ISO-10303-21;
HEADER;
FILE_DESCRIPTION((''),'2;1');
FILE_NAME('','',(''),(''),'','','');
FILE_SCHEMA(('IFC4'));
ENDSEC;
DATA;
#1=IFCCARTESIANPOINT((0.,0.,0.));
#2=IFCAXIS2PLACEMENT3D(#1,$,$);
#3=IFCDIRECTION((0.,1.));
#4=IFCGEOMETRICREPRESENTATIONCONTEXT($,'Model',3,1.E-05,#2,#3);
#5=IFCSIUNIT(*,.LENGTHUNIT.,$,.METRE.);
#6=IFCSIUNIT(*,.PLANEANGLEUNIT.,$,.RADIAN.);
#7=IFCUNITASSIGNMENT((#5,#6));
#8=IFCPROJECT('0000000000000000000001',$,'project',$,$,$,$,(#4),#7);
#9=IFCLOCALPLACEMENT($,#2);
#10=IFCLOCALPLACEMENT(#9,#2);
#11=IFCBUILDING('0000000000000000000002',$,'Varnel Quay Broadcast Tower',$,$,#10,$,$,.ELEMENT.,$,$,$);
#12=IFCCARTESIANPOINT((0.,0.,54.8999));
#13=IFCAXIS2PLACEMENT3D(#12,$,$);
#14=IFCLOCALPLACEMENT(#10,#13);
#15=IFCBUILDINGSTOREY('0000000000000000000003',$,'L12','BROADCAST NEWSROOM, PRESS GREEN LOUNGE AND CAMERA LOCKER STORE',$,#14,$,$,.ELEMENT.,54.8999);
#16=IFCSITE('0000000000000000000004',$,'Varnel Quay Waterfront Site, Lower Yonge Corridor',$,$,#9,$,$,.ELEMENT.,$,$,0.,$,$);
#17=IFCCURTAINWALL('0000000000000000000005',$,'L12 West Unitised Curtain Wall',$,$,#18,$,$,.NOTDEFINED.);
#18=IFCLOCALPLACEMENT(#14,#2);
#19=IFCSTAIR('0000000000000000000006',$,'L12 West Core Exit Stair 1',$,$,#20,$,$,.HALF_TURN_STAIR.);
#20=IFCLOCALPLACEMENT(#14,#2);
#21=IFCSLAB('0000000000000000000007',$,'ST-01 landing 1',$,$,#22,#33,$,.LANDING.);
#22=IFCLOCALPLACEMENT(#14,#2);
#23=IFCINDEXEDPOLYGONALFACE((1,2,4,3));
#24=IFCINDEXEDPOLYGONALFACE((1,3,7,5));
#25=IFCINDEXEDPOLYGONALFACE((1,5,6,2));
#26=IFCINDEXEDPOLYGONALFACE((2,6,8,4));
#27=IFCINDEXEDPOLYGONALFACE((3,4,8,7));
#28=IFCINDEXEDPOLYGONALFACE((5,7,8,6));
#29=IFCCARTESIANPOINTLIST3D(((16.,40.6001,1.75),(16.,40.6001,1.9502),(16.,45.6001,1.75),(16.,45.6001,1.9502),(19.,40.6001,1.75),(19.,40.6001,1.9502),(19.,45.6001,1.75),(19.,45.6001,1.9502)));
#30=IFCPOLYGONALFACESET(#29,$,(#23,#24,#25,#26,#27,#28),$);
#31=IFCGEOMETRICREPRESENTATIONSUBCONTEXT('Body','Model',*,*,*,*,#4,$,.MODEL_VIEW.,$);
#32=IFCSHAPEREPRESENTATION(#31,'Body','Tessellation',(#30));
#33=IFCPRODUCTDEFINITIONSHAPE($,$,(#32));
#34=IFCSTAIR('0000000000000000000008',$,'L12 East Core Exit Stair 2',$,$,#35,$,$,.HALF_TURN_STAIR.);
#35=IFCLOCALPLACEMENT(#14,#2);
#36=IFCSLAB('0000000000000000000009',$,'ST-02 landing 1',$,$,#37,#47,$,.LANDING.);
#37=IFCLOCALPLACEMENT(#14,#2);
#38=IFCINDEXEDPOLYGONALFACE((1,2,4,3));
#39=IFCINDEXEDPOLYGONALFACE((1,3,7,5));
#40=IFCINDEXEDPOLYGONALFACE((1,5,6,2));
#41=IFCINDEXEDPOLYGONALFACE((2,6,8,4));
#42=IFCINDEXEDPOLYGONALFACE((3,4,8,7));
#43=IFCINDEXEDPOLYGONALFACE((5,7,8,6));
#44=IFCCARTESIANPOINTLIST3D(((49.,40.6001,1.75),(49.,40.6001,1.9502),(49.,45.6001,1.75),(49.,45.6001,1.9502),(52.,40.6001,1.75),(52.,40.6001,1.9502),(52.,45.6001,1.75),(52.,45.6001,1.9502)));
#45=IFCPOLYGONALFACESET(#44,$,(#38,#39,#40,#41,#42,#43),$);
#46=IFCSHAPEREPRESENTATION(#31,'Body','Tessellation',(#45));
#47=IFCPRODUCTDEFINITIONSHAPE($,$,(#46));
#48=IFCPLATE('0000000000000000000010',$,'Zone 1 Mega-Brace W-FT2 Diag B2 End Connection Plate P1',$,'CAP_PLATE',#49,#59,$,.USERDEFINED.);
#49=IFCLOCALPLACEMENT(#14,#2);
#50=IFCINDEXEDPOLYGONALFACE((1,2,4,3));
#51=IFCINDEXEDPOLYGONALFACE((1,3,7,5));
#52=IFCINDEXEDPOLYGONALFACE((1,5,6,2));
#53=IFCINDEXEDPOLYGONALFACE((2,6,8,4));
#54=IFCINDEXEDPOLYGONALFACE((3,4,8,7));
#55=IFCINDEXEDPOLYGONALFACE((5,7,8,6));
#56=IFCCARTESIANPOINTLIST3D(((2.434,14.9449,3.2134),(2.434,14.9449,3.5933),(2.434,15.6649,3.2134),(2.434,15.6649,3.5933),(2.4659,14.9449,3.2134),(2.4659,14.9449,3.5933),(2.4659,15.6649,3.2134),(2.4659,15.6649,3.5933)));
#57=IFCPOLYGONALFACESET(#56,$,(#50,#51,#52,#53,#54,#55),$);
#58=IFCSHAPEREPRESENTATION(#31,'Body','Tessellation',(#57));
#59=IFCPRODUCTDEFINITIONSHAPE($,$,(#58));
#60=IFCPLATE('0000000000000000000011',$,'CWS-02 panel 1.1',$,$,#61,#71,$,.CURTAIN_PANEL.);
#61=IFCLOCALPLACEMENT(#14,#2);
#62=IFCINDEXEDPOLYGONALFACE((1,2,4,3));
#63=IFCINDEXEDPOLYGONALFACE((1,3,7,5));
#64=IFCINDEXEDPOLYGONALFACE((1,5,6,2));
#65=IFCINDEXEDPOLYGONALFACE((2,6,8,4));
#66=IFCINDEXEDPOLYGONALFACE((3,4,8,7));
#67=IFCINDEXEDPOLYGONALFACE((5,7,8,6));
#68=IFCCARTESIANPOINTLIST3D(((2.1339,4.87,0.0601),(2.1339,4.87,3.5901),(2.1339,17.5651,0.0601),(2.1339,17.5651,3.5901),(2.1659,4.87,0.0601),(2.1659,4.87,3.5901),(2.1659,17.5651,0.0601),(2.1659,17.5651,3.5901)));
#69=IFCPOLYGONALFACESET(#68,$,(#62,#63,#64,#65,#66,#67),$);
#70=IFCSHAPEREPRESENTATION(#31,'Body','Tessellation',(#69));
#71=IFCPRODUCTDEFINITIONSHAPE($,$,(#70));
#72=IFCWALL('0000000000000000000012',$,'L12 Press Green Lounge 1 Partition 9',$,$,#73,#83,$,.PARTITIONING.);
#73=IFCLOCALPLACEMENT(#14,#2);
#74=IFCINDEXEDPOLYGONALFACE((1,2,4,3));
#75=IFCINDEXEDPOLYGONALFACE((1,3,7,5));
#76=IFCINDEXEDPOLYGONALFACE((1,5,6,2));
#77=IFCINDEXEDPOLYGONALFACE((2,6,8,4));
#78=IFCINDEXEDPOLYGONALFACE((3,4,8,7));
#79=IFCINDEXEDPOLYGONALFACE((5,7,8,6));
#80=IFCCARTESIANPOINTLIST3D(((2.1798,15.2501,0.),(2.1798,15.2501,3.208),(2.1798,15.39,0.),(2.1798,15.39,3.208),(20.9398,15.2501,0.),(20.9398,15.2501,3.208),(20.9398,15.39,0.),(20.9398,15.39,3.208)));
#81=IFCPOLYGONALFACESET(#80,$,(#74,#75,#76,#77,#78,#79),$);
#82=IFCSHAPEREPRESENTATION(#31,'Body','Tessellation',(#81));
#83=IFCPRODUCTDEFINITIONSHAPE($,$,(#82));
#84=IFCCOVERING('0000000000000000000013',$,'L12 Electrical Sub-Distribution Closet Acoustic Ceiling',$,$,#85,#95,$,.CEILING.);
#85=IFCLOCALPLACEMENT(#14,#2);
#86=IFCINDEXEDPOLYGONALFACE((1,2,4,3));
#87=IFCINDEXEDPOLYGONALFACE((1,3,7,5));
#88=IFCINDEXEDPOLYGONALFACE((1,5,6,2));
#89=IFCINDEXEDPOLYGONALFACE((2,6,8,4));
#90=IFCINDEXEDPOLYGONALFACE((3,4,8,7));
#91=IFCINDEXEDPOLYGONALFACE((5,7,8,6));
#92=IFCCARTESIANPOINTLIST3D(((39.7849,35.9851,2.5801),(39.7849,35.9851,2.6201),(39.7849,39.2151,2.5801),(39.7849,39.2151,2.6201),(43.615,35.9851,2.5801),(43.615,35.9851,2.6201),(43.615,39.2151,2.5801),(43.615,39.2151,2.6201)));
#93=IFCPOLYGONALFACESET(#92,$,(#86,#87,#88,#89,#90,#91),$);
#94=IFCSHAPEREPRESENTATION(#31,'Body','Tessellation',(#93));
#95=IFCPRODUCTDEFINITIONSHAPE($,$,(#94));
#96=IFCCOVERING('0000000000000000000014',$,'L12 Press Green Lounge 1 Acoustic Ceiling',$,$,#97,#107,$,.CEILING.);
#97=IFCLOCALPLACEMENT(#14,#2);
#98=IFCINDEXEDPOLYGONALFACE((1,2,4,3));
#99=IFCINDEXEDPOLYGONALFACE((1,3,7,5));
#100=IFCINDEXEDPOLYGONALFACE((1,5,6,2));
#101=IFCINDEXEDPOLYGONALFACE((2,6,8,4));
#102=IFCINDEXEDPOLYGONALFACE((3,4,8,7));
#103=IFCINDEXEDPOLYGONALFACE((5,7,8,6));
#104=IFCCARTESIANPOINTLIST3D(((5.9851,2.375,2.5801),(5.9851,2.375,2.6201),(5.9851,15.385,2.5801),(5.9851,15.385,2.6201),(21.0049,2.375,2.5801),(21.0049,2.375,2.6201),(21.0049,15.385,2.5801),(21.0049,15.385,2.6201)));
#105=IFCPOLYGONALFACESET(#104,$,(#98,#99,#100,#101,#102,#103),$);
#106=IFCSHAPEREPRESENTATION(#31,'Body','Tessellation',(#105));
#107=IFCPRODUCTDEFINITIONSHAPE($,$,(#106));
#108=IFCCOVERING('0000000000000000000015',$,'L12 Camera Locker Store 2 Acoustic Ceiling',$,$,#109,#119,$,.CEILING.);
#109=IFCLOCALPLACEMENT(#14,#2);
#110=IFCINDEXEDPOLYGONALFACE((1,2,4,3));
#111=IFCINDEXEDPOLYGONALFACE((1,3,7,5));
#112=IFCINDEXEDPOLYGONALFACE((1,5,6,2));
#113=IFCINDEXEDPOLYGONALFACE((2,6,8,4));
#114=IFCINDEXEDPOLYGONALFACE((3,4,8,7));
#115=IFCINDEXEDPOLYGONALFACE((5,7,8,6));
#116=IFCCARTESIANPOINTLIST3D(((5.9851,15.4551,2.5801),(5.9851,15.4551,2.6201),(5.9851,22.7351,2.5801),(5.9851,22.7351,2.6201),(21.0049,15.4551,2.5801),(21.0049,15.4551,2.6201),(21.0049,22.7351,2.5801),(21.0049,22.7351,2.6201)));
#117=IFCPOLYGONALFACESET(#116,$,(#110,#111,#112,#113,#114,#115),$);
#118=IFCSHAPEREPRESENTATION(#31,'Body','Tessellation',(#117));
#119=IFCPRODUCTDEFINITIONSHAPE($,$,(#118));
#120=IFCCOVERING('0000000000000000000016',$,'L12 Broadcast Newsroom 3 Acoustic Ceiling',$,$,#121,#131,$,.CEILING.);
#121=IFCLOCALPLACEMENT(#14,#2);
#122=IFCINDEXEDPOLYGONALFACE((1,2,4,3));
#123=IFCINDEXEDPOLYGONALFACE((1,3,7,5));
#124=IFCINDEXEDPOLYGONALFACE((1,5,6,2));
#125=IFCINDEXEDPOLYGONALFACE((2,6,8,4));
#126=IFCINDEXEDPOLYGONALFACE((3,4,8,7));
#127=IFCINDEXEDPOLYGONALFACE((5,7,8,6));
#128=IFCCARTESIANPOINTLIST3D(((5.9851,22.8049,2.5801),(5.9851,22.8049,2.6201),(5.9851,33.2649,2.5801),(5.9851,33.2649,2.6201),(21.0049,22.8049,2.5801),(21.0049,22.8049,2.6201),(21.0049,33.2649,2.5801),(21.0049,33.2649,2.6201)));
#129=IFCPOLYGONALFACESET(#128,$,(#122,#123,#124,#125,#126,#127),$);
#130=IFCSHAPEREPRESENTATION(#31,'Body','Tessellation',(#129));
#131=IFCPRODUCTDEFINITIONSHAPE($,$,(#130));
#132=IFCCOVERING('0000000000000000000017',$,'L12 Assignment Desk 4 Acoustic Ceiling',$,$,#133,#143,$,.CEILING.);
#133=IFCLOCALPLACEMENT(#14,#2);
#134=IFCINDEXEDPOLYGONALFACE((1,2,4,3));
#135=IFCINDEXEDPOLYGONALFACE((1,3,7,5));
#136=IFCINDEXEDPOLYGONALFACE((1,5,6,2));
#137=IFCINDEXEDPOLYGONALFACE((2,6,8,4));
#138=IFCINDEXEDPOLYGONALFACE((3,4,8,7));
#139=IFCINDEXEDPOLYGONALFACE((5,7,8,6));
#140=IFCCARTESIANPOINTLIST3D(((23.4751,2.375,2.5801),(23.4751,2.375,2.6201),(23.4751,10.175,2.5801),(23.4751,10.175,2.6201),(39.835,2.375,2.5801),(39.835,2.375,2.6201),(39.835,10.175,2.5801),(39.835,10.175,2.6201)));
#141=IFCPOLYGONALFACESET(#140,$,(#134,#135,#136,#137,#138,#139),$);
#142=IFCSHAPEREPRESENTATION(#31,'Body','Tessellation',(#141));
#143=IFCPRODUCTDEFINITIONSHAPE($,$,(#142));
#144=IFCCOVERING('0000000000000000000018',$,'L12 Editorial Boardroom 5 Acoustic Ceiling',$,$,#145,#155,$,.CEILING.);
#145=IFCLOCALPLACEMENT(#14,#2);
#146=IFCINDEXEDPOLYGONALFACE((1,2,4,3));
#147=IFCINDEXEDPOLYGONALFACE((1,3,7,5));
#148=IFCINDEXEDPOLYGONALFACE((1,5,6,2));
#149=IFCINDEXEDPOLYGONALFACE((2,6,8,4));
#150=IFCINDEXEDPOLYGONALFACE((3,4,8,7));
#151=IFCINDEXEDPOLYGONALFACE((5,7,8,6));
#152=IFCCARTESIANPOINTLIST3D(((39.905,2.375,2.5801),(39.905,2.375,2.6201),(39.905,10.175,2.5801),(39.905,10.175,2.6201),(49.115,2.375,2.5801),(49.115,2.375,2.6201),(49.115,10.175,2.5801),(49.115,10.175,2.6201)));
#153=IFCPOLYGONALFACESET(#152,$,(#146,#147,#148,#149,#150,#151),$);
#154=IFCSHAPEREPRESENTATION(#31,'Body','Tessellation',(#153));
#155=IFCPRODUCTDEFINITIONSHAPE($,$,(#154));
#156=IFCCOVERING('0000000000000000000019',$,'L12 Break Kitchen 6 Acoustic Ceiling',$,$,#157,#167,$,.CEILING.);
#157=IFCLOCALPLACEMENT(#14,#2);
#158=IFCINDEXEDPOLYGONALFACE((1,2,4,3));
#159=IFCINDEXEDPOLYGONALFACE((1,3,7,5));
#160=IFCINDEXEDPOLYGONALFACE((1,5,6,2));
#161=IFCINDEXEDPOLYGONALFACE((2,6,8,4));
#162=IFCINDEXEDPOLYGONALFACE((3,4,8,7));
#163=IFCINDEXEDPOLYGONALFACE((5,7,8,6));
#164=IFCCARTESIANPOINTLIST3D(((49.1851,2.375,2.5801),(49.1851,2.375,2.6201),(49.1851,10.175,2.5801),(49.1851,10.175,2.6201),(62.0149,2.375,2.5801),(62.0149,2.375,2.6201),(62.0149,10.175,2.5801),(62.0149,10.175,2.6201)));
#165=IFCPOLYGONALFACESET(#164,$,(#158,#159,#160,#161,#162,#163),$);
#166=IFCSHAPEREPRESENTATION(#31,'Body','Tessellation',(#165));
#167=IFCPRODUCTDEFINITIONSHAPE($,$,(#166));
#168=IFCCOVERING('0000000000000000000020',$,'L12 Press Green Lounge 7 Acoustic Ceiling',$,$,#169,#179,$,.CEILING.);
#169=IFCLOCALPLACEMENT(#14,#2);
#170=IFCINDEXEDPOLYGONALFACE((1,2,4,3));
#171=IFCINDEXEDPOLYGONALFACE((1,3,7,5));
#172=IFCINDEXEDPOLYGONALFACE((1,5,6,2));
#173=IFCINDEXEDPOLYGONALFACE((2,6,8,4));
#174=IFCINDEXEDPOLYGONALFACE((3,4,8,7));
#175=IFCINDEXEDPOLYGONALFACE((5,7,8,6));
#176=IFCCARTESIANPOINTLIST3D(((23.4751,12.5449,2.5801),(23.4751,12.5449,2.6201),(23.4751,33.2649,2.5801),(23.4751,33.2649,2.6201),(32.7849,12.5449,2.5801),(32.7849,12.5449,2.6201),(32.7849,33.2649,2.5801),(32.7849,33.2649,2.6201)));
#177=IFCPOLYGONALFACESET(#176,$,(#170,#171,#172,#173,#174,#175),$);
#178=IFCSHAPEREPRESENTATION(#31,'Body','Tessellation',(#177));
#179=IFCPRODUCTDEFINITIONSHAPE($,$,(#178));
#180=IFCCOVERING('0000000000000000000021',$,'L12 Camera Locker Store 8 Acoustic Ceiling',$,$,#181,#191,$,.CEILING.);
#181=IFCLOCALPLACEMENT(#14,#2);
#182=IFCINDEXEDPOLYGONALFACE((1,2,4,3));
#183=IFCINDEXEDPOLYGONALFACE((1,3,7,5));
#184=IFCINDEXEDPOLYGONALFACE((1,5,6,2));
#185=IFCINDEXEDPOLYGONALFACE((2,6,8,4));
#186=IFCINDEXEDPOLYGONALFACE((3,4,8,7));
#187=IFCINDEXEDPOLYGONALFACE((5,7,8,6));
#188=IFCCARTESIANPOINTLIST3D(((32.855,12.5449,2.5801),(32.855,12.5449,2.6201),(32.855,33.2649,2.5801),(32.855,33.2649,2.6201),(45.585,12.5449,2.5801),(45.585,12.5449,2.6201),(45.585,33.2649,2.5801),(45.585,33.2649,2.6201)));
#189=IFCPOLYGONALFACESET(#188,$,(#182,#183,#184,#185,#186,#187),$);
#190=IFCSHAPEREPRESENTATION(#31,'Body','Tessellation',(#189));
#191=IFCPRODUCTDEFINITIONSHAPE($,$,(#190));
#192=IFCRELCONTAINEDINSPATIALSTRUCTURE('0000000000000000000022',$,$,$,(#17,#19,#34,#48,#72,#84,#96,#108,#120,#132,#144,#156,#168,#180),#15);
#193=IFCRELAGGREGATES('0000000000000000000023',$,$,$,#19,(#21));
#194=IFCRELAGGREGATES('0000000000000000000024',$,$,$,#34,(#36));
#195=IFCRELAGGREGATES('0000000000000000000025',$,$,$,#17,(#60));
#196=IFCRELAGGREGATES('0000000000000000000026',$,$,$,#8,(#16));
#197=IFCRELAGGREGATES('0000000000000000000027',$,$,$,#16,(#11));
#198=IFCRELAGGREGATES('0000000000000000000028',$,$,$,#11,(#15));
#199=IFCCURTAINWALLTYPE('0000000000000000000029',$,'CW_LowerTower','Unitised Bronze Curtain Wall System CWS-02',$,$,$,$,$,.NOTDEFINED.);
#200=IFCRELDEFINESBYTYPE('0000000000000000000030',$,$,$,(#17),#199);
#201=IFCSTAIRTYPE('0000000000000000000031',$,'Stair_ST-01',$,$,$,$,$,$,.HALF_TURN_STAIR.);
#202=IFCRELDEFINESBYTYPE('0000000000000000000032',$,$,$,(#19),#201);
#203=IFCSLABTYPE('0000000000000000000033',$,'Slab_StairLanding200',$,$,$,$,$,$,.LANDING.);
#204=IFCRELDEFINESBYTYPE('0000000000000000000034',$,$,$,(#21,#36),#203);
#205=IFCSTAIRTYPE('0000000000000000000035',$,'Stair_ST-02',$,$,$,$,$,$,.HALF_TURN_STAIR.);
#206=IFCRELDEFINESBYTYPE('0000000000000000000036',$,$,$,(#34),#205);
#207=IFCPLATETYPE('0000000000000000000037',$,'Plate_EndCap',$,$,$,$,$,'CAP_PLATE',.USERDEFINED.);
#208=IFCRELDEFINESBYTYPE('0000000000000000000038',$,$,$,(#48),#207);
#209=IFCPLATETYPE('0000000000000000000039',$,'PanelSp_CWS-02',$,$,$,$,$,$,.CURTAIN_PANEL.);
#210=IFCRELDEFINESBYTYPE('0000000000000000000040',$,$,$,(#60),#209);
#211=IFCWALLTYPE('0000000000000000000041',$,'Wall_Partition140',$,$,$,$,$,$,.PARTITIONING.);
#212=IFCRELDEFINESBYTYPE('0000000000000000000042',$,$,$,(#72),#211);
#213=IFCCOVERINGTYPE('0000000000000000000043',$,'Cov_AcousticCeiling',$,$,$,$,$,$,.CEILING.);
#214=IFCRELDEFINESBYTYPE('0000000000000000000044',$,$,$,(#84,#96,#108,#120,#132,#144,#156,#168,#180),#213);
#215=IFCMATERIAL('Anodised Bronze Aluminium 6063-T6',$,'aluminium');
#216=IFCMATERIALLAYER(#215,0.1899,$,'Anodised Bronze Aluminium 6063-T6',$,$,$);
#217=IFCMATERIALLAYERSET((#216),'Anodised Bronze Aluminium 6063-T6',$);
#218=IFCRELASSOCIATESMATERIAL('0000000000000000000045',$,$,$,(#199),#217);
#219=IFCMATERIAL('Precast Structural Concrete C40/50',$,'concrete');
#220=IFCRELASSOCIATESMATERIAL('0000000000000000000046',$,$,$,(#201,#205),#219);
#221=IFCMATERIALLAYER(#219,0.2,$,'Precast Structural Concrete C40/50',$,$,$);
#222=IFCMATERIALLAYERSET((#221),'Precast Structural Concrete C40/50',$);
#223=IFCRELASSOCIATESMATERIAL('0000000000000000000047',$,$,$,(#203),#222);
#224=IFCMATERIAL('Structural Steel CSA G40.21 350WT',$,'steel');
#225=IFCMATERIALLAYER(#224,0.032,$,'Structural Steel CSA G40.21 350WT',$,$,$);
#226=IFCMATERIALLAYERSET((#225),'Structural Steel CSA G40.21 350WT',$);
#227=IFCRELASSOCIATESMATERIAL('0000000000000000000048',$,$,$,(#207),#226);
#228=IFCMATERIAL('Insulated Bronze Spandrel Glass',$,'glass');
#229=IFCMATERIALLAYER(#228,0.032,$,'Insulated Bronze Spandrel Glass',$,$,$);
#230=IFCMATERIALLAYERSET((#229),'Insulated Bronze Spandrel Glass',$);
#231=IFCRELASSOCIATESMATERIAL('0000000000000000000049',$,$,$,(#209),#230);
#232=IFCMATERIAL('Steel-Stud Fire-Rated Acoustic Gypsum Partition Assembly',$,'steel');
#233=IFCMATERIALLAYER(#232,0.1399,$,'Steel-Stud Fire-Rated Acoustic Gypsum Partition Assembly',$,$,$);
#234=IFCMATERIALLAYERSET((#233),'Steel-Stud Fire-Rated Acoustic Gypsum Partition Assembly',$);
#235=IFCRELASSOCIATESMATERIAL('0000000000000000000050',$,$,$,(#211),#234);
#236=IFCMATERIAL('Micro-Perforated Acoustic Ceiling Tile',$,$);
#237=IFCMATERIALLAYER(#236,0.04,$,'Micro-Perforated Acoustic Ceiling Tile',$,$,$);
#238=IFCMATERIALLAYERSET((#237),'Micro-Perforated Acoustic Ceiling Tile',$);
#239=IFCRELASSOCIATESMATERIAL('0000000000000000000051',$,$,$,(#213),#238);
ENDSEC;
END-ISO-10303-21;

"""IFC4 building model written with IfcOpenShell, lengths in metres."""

from ifc_helpers import new_model, si_unit, direction, frame, frame_2d, origin, origin_2d, place, context, subcontext, project, spatial, polyline, rectangle, outline, extrude, source, transform, mapped, material, layer, layer_set, type_object, type_shapes, element, aggregate, save


model = new_model("IFC4")

# Units and contexts
model_context = context("Model", 3, precision=1e-05, world=origin(), true_north=direction((0.0, 1.0)))
body_context = subcontext(model_context, "Body", "Model", "MODEL_VIEW")
ifc_project = project(units=[si_unit("LENGTHUNIT", "METRE"), si_unit("PLANEANGLEUNIT", "RADIAN")], contexts=[model_context])

# Site, building, storey
site_placement = place(None, origin())
site = spatial("IfcSite", under=ifc_project, at=site_placement, Name="Varnel Quay Waterfront Site, Lower Yonge Corridor", CompositionType="ELEMENT", RefElevation=0.0)
building_placement = place(site_placement, origin())
building = spatial("IfcBuilding", under=site, at=building_placement, Name="Varnel Quay Broadcast Tower", CompositionType="ELEMENT")
storey_placement = place(building_placement, frame((0.0, 0.0, 54.8999)))
storey = spatial("IfcBuildingStorey", under=building, at=storey_placement, Name="L12", Description="BROADCAST NEWSROOM, PRESS GREEN LOUNGE AND CAMERA LOCKER STORE", CompositionType="ELEMENT", Elevation=54.8999)

# Curtain wall
ifc_material_1 = material(Name="Anodised Bronze Aluminium 6063-T6", Category="aluminium")
ifc_layer_1 = layer(ifc_material_1, 0.1899, Name="Anodised Bronze Aluminium 6063-T6")
ifc_layer_set_1 = layer_set([ifc_layer_1], Name="Anodised Bronze Aluminium 6063-T6")
curtain_wall_type_1 = type_object("IfcCurtainWallType", Name="CW_LowerTower", Description="Unitised Bronze Curtain Wall System CWS-02", PredefinedType="NOTDEFINED", material=ifc_layer_set_1)
curtain_wall_1_placement = place(storey_placement, origin())
curtain_wall_1 = element("IfcCurtainWall", 1, at=curtain_wall_1_placement, inside=storey, type_object=curtain_wall_type_1, Name="L12 West Unitised Curtain Wall", PredefinedType="NOTDEFINED")

# Stairs, slabs
ifc_material_2 = material(Name="Precast Structural Concrete C40/50", Category="concrete")
stair_type_1 = type_object("IfcStairType", Name="Stair_ST-01", PredefinedType="HALF_TURN_STAIR", material=ifc_material_2)
stair_1_placement = place(storey_placement, origin())
stair_1 = element("IfcStair", 2, at=stair_1_placement, inside=storey, type_object=stair_type_1, Name="L12 West Core Exit Stair 1", PredefinedType="HALF_TURN_STAIR")
ifc_layer_2 = layer(ifc_material_2, 0.2, Name="Precast Structural Concrete C40/50")
ifc_layer_set_2 = layer_set([ifc_layer_2], Name="Precast Structural Concrete C40/50")
slab_type_1 = type_object("IfcSlabType", Name="Slab_StairLanding200", PredefinedType="LANDING", material=ifc_layer_set_2)
slab_1_placement = place(storey_placement, frame((0.0, 0.0, 1.75)))
slab_1 = element("IfcSlab", 3, at=slab_1_placement, type_object=slab_type_1, Name="ST-01 landing 1", PredefinedType="LANDING", context=body_context, shape_type="SweptSolid", body=[
    extrude(outline(polyline([(19.0, 40.6001), (19.0, 45.6001), (16.0, 45.6001), (16.0, 40.6001), (19.0, 40.6001)])), origin(), (0.0, 0.0, 1.0), 0.2002),
])
aggregate(stair_1, [slab_1])
stair_type_2 = type_object("IfcStairType", Name="Stair_ST-02", PredefinedType="HALF_TURN_STAIR", material=ifc_material_2)
stair_2_placement = place(storey_placement, origin())
stair_2 = element("IfcStair", 4, at=stair_2_placement, inside=storey, type_object=stair_type_2, Name="L12 East Core Exit Stair 2", PredefinedType="HALF_TURN_STAIR")
slab_2_placement = place(storey_placement, frame((0.0, 0.0, 1.75)))
slab_2 = element("IfcSlab", 5, at=slab_2_placement, type_object=slab_type_1, Name="ST-02 landing 1", PredefinedType="LANDING", context=body_context, shape_type="SweptSolid", body=[
    extrude(outline(polyline([(52.0, 40.6001), (52.0, 45.6001), (49.0, 45.6001), (49.0, 40.6001), (52.0, 40.6001)])), origin(), (0.0, 0.0, 1.0), 0.2002),
])
aggregate(stair_2, [slab_2])

# Plates
ifc_material_3 = material(Name="Structural Steel CSA G40.21 350WT", Category="steel")
ifc_layer_3 = layer(ifc_material_3, 0.032, Name="Structural Steel CSA G40.21 350WT")
ifc_layer_set_3 = layer_set([ifc_layer_3], Name="Structural Steel CSA G40.21 350WT")
plate_type_1 = type_object("IfcPlateType", Name="Plate_EndCap", ElementType="CAP_PLATE", PredefinedType="USERDEFINED", material=ifc_layer_set_3)
shared_shape_1 = source(origin(), body_context, "Body", "SweptSolid", [
    extrude(rectangle(XDim=0.72, YDim=0.032, at=origin_2d()), origin(), (0.0, 0.0, 1.0), 0.3799),
])
type_shapes(plate_type_1, [shared_shape_1])
plate_1_placement = place(storey_placement, frame((2.45, 15.3049, 3.2134), z_axis=(0.0, 0.0, 1.0), x_axis=(0.0, 1.0, 0.0)))
element("IfcPlate", 6, at=plate_1_placement, inside=storey, type_object=plate_type_1, Name="Zone 1 Mega-Brace W-FT2 Diag B2 End Connection Plate P1", ObjectType="CAP_PLATE", PredefinedType="USERDEFINED", context=body_context, shape_type="MappedRepresentation", body=[
    mapped(shared_shape_1, transform((0.0, 0.0, 0.0), x_axis=(1.0, 0.0, 0.0), y_axis=(0.0, 1.0, 0.0), z_axis=(0.0, 0.0, 1.0), scale=1.0)),
])
ifc_material_4 = material(Name="Insulated Bronze Spandrel Glass", Category="glass")
ifc_layer_4 = layer(ifc_material_4, 0.032, Name="Insulated Bronze Spandrel Glass")
ifc_layer_set_4 = layer_set([ifc_layer_4], Name="Insulated Bronze Spandrel Glass")
plate_type_2 = type_object("IfcPlateType", Name="PanelSp_CWS-02", PredefinedType="CURTAIN_PANEL", material=ifc_layer_set_4)
shared_shape_2 = source(origin(), body_context, "Body", "SweptSolid", [
    extrude(rectangle(XDim=12.6951, YDim=0.032, at=origin_2d()), origin(), (0.0, 0.0, 1.0), 3.53),
])
type_shapes(plate_type_2, [shared_shape_2])
plate_2_placement = place(storey_placement, frame((2.1499, 11.2175, 0.0601), z_axis=(0.0, 0.0, 1.0), x_axis=(0.0, 1.0, 0.0)))
plate_2 = element("IfcPlate", 7, at=plate_2_placement, type_object=plate_type_2, Name="CWS-02 panel 1.1", PredefinedType="CURTAIN_PANEL", context=body_context, shape_type="MappedRepresentation", body=[
    mapped(shared_shape_2, transform((0.0, 0.0, 0.0), x_axis=(1.0, 0.0, 0.0), y_axis=(0.0, 1.0, 0.0), z_axis=(0.0, 0.0, 1.0), scale=1.0)),
])
aggregate(curtain_wall_1, [plate_2])

# Wall
ifc_material_5 = material(Name="Steel-Stud Fire-Rated Acoustic Gypsum Partition Assembly", Category="steel")
ifc_layer_5 = layer(ifc_material_5, 0.1399, Name="Steel-Stud Fire-Rated Acoustic Gypsum Partition Assembly")
ifc_layer_set_5 = layer_set([ifc_layer_5], Name="Steel-Stud Fire-Rated Acoustic Gypsum Partition Assembly")
wall_type = type_object("IfcWallType", Name="Wall_Partition140", PredefinedType="PARTITIONING", material=ifc_layer_set_5)
wall_placement = place(storey_placement, frame((2.1799, 15.3201, 0.0), z_axis=(0.0, 0.0, 1.0), x_axis=(1.0, 0.0, 0.0)))
element("IfcWall", 8, at=wall_placement, inside=storey, type_object=wall_type, Name="L12 Press Green Lounge 1 Partition 9", PredefinedType="PARTITIONING", context=body_context, shape_type="SweptSolid", body=[
    extrude(rectangle(XDim=18.76, YDim=0.1399, at=frame_2d((9.3799, 0.0))), origin(), (0.0, 0.0, 1.0), 3.208),
])

# Coverings
ifc_material_6 = material(Name="Micro-Perforated Acoustic Ceiling Tile")
ifc_layer_6 = layer(ifc_material_6, 0.04, Name="Micro-Perforated Acoustic Ceiling Tile")
ifc_layer_set_6 = layer_set([ifc_layer_6], Name="Micro-Perforated Acoustic Ceiling Tile")
covering_type_1 = type_object("IfcCoveringType", Name="Cov_AcousticCeiling", PredefinedType="CEILING", material=ifc_layer_set_6)
covering_1_placement = place(storey_placement, frame((0.0, 0.0, 2.5801)))
element("IfcCovering", 9, at=covering_1_placement, inside=storey, type_object=covering_type_1, Name="L12 Electrical Sub-Distribution Closet Acoustic Ceiling", PredefinedType="CEILING", context=body_context, shape_type="SweptSolid", body=[
    extrude(outline(polyline([(39.7849, 35.9851), (43.615, 35.9851), (43.615, 39.2151), (39.7849, 39.2151), (39.7849, 35.9851)])), origin(), (0.0, 0.0, 1.0), 0.04),
])
covering_2_placement = place(storey_placement, frame((0.0, 0.0, 2.5801)))
element("IfcCovering", 10, at=covering_2_placement, inside=storey, type_object=covering_type_1, Name="L12 Press Green Lounge 1 Acoustic Ceiling", PredefinedType="CEILING", context=body_context, shape_type="SweptSolid", body=[
    extrude(outline(polyline([(5.9851, 2.375), (21.0049, 2.375), (21.0049, 15.385), (5.9851, 15.385), (5.9851, 2.375)])), origin(), (0.0, 0.0, 1.0), 0.04),
])
covering_3_placement = place(storey_placement, frame((0.0, 0.0, 2.5801)))
element("IfcCovering", 11, at=covering_3_placement, inside=storey, type_object=covering_type_1, Name="L12 Camera Locker Store 2 Acoustic Ceiling", PredefinedType="CEILING", context=body_context, shape_type="SweptSolid", body=[
    extrude(outline(polyline([(5.9851, 15.4551), (21.0049, 15.4551), (21.0049, 22.7351), (5.9851, 22.7351), (5.9851, 15.4551)])), origin(), (0.0, 0.0, 1.0), 0.04),
])
covering_4_placement = place(storey_placement, frame((0.0, 0.0, 2.5801)))
element("IfcCovering", 12, at=covering_4_placement, inside=storey, type_object=covering_type_1, Name="L12 Broadcast Newsroom 3 Acoustic Ceiling", PredefinedType="CEILING", context=body_context, shape_type="SweptSolid", body=[
    extrude(outline(polyline([(5.9851, 22.8049), (21.0049, 22.8049), (21.0049, 33.2649), (5.9851, 33.2649), (5.9851, 22.8049)])), origin(), (0.0, 0.0, 1.0), 0.04),
])
covering_5_placement = place(storey_placement, frame((0.0, 0.0, 2.5801)))
element("IfcCovering", 13, at=covering_5_placement, inside=storey, type_object=covering_type_1, Name="L12 Assignment Desk 4 Acoustic Ceiling", PredefinedType="CEILING", context=body_context, shape_type="SweptSolid", body=[
    extrude(outline(polyline([(23.4751, 2.375), (39.835, 2.375), (39.835, 10.175), (23.4751, 10.175), (23.4751, 2.375)])), origin(), (0.0, 0.0, 1.0), 0.04),
])
covering_6_placement = place(storey_placement, frame((0.0, 0.0, 2.5801)))
element("IfcCovering", 14, at=covering_6_placement, inside=storey, type_object=covering_type_1, Name="L12 Editorial Boardroom 5 Acoustic Ceiling", PredefinedType="CEILING", context=body_context, shape_type="SweptSolid", body=[
    extrude(outline(polyline([(39.905, 2.375), (49.115, 2.375), (49.115, 10.175), (39.905, 10.175), (39.905, 2.375)])), origin(), (0.0, 0.0, 1.0), 0.04),
])
covering_7_placement = place(storey_placement, frame((0.0, 0.0, 2.5801)))
element("IfcCovering", 15, at=covering_7_placement, inside=storey, type_object=covering_type_1, Name="L12 Break Kitchen 6 Acoustic Ceiling", PredefinedType="CEILING", context=body_context, shape_type="SweptSolid", body=[
    extrude(outline(polyline([(49.1851, 2.375), (62.0149, 2.375), (62.0149, 10.175), (49.1851, 10.175), (49.1851, 2.375)])), origin(), (0.0, 0.0, 1.0), 0.04),
])
covering_8_placement = place(storey_placement, frame((0.0, 0.0, 2.5801)))
element("IfcCovering", 16, at=covering_8_placement, inside=storey, type_object=covering_type_1, Name="L12 Press Green Lounge 7 Acoustic Ceiling", PredefinedType="CEILING", context=body_context, shape_type="SweptSolid", body=[
    extrude(outline(polyline([(23.4751, 12.5449), (32.7849, 12.5449), (32.7849, 33.2649), (23.4751, 33.2649), (23.4751, 12.5449)])), origin(), (0.0, 0.0, 1.0), 0.04),
])
covering_9_placement = place(storey_placement, frame((0.0, 0.0, 2.5801)))
element("IfcCovering", 17, at=covering_9_placement, inside=storey, type_object=covering_type_1, Name="L12 Camera Locker Store 8 Acoustic Ceiling", PredefinedType="CEILING", context=body_context, shape_type="SweptSolid", body=[
    extrude(outline(polyline([(32.855, 12.5449), (45.585, 12.5449), (45.585, 33.2649), (32.855, 33.2649), (32.855, 12.5449)])), origin(), (0.0, 0.0, 1.0), 0.04),
])

save(model, "model.ifc")
